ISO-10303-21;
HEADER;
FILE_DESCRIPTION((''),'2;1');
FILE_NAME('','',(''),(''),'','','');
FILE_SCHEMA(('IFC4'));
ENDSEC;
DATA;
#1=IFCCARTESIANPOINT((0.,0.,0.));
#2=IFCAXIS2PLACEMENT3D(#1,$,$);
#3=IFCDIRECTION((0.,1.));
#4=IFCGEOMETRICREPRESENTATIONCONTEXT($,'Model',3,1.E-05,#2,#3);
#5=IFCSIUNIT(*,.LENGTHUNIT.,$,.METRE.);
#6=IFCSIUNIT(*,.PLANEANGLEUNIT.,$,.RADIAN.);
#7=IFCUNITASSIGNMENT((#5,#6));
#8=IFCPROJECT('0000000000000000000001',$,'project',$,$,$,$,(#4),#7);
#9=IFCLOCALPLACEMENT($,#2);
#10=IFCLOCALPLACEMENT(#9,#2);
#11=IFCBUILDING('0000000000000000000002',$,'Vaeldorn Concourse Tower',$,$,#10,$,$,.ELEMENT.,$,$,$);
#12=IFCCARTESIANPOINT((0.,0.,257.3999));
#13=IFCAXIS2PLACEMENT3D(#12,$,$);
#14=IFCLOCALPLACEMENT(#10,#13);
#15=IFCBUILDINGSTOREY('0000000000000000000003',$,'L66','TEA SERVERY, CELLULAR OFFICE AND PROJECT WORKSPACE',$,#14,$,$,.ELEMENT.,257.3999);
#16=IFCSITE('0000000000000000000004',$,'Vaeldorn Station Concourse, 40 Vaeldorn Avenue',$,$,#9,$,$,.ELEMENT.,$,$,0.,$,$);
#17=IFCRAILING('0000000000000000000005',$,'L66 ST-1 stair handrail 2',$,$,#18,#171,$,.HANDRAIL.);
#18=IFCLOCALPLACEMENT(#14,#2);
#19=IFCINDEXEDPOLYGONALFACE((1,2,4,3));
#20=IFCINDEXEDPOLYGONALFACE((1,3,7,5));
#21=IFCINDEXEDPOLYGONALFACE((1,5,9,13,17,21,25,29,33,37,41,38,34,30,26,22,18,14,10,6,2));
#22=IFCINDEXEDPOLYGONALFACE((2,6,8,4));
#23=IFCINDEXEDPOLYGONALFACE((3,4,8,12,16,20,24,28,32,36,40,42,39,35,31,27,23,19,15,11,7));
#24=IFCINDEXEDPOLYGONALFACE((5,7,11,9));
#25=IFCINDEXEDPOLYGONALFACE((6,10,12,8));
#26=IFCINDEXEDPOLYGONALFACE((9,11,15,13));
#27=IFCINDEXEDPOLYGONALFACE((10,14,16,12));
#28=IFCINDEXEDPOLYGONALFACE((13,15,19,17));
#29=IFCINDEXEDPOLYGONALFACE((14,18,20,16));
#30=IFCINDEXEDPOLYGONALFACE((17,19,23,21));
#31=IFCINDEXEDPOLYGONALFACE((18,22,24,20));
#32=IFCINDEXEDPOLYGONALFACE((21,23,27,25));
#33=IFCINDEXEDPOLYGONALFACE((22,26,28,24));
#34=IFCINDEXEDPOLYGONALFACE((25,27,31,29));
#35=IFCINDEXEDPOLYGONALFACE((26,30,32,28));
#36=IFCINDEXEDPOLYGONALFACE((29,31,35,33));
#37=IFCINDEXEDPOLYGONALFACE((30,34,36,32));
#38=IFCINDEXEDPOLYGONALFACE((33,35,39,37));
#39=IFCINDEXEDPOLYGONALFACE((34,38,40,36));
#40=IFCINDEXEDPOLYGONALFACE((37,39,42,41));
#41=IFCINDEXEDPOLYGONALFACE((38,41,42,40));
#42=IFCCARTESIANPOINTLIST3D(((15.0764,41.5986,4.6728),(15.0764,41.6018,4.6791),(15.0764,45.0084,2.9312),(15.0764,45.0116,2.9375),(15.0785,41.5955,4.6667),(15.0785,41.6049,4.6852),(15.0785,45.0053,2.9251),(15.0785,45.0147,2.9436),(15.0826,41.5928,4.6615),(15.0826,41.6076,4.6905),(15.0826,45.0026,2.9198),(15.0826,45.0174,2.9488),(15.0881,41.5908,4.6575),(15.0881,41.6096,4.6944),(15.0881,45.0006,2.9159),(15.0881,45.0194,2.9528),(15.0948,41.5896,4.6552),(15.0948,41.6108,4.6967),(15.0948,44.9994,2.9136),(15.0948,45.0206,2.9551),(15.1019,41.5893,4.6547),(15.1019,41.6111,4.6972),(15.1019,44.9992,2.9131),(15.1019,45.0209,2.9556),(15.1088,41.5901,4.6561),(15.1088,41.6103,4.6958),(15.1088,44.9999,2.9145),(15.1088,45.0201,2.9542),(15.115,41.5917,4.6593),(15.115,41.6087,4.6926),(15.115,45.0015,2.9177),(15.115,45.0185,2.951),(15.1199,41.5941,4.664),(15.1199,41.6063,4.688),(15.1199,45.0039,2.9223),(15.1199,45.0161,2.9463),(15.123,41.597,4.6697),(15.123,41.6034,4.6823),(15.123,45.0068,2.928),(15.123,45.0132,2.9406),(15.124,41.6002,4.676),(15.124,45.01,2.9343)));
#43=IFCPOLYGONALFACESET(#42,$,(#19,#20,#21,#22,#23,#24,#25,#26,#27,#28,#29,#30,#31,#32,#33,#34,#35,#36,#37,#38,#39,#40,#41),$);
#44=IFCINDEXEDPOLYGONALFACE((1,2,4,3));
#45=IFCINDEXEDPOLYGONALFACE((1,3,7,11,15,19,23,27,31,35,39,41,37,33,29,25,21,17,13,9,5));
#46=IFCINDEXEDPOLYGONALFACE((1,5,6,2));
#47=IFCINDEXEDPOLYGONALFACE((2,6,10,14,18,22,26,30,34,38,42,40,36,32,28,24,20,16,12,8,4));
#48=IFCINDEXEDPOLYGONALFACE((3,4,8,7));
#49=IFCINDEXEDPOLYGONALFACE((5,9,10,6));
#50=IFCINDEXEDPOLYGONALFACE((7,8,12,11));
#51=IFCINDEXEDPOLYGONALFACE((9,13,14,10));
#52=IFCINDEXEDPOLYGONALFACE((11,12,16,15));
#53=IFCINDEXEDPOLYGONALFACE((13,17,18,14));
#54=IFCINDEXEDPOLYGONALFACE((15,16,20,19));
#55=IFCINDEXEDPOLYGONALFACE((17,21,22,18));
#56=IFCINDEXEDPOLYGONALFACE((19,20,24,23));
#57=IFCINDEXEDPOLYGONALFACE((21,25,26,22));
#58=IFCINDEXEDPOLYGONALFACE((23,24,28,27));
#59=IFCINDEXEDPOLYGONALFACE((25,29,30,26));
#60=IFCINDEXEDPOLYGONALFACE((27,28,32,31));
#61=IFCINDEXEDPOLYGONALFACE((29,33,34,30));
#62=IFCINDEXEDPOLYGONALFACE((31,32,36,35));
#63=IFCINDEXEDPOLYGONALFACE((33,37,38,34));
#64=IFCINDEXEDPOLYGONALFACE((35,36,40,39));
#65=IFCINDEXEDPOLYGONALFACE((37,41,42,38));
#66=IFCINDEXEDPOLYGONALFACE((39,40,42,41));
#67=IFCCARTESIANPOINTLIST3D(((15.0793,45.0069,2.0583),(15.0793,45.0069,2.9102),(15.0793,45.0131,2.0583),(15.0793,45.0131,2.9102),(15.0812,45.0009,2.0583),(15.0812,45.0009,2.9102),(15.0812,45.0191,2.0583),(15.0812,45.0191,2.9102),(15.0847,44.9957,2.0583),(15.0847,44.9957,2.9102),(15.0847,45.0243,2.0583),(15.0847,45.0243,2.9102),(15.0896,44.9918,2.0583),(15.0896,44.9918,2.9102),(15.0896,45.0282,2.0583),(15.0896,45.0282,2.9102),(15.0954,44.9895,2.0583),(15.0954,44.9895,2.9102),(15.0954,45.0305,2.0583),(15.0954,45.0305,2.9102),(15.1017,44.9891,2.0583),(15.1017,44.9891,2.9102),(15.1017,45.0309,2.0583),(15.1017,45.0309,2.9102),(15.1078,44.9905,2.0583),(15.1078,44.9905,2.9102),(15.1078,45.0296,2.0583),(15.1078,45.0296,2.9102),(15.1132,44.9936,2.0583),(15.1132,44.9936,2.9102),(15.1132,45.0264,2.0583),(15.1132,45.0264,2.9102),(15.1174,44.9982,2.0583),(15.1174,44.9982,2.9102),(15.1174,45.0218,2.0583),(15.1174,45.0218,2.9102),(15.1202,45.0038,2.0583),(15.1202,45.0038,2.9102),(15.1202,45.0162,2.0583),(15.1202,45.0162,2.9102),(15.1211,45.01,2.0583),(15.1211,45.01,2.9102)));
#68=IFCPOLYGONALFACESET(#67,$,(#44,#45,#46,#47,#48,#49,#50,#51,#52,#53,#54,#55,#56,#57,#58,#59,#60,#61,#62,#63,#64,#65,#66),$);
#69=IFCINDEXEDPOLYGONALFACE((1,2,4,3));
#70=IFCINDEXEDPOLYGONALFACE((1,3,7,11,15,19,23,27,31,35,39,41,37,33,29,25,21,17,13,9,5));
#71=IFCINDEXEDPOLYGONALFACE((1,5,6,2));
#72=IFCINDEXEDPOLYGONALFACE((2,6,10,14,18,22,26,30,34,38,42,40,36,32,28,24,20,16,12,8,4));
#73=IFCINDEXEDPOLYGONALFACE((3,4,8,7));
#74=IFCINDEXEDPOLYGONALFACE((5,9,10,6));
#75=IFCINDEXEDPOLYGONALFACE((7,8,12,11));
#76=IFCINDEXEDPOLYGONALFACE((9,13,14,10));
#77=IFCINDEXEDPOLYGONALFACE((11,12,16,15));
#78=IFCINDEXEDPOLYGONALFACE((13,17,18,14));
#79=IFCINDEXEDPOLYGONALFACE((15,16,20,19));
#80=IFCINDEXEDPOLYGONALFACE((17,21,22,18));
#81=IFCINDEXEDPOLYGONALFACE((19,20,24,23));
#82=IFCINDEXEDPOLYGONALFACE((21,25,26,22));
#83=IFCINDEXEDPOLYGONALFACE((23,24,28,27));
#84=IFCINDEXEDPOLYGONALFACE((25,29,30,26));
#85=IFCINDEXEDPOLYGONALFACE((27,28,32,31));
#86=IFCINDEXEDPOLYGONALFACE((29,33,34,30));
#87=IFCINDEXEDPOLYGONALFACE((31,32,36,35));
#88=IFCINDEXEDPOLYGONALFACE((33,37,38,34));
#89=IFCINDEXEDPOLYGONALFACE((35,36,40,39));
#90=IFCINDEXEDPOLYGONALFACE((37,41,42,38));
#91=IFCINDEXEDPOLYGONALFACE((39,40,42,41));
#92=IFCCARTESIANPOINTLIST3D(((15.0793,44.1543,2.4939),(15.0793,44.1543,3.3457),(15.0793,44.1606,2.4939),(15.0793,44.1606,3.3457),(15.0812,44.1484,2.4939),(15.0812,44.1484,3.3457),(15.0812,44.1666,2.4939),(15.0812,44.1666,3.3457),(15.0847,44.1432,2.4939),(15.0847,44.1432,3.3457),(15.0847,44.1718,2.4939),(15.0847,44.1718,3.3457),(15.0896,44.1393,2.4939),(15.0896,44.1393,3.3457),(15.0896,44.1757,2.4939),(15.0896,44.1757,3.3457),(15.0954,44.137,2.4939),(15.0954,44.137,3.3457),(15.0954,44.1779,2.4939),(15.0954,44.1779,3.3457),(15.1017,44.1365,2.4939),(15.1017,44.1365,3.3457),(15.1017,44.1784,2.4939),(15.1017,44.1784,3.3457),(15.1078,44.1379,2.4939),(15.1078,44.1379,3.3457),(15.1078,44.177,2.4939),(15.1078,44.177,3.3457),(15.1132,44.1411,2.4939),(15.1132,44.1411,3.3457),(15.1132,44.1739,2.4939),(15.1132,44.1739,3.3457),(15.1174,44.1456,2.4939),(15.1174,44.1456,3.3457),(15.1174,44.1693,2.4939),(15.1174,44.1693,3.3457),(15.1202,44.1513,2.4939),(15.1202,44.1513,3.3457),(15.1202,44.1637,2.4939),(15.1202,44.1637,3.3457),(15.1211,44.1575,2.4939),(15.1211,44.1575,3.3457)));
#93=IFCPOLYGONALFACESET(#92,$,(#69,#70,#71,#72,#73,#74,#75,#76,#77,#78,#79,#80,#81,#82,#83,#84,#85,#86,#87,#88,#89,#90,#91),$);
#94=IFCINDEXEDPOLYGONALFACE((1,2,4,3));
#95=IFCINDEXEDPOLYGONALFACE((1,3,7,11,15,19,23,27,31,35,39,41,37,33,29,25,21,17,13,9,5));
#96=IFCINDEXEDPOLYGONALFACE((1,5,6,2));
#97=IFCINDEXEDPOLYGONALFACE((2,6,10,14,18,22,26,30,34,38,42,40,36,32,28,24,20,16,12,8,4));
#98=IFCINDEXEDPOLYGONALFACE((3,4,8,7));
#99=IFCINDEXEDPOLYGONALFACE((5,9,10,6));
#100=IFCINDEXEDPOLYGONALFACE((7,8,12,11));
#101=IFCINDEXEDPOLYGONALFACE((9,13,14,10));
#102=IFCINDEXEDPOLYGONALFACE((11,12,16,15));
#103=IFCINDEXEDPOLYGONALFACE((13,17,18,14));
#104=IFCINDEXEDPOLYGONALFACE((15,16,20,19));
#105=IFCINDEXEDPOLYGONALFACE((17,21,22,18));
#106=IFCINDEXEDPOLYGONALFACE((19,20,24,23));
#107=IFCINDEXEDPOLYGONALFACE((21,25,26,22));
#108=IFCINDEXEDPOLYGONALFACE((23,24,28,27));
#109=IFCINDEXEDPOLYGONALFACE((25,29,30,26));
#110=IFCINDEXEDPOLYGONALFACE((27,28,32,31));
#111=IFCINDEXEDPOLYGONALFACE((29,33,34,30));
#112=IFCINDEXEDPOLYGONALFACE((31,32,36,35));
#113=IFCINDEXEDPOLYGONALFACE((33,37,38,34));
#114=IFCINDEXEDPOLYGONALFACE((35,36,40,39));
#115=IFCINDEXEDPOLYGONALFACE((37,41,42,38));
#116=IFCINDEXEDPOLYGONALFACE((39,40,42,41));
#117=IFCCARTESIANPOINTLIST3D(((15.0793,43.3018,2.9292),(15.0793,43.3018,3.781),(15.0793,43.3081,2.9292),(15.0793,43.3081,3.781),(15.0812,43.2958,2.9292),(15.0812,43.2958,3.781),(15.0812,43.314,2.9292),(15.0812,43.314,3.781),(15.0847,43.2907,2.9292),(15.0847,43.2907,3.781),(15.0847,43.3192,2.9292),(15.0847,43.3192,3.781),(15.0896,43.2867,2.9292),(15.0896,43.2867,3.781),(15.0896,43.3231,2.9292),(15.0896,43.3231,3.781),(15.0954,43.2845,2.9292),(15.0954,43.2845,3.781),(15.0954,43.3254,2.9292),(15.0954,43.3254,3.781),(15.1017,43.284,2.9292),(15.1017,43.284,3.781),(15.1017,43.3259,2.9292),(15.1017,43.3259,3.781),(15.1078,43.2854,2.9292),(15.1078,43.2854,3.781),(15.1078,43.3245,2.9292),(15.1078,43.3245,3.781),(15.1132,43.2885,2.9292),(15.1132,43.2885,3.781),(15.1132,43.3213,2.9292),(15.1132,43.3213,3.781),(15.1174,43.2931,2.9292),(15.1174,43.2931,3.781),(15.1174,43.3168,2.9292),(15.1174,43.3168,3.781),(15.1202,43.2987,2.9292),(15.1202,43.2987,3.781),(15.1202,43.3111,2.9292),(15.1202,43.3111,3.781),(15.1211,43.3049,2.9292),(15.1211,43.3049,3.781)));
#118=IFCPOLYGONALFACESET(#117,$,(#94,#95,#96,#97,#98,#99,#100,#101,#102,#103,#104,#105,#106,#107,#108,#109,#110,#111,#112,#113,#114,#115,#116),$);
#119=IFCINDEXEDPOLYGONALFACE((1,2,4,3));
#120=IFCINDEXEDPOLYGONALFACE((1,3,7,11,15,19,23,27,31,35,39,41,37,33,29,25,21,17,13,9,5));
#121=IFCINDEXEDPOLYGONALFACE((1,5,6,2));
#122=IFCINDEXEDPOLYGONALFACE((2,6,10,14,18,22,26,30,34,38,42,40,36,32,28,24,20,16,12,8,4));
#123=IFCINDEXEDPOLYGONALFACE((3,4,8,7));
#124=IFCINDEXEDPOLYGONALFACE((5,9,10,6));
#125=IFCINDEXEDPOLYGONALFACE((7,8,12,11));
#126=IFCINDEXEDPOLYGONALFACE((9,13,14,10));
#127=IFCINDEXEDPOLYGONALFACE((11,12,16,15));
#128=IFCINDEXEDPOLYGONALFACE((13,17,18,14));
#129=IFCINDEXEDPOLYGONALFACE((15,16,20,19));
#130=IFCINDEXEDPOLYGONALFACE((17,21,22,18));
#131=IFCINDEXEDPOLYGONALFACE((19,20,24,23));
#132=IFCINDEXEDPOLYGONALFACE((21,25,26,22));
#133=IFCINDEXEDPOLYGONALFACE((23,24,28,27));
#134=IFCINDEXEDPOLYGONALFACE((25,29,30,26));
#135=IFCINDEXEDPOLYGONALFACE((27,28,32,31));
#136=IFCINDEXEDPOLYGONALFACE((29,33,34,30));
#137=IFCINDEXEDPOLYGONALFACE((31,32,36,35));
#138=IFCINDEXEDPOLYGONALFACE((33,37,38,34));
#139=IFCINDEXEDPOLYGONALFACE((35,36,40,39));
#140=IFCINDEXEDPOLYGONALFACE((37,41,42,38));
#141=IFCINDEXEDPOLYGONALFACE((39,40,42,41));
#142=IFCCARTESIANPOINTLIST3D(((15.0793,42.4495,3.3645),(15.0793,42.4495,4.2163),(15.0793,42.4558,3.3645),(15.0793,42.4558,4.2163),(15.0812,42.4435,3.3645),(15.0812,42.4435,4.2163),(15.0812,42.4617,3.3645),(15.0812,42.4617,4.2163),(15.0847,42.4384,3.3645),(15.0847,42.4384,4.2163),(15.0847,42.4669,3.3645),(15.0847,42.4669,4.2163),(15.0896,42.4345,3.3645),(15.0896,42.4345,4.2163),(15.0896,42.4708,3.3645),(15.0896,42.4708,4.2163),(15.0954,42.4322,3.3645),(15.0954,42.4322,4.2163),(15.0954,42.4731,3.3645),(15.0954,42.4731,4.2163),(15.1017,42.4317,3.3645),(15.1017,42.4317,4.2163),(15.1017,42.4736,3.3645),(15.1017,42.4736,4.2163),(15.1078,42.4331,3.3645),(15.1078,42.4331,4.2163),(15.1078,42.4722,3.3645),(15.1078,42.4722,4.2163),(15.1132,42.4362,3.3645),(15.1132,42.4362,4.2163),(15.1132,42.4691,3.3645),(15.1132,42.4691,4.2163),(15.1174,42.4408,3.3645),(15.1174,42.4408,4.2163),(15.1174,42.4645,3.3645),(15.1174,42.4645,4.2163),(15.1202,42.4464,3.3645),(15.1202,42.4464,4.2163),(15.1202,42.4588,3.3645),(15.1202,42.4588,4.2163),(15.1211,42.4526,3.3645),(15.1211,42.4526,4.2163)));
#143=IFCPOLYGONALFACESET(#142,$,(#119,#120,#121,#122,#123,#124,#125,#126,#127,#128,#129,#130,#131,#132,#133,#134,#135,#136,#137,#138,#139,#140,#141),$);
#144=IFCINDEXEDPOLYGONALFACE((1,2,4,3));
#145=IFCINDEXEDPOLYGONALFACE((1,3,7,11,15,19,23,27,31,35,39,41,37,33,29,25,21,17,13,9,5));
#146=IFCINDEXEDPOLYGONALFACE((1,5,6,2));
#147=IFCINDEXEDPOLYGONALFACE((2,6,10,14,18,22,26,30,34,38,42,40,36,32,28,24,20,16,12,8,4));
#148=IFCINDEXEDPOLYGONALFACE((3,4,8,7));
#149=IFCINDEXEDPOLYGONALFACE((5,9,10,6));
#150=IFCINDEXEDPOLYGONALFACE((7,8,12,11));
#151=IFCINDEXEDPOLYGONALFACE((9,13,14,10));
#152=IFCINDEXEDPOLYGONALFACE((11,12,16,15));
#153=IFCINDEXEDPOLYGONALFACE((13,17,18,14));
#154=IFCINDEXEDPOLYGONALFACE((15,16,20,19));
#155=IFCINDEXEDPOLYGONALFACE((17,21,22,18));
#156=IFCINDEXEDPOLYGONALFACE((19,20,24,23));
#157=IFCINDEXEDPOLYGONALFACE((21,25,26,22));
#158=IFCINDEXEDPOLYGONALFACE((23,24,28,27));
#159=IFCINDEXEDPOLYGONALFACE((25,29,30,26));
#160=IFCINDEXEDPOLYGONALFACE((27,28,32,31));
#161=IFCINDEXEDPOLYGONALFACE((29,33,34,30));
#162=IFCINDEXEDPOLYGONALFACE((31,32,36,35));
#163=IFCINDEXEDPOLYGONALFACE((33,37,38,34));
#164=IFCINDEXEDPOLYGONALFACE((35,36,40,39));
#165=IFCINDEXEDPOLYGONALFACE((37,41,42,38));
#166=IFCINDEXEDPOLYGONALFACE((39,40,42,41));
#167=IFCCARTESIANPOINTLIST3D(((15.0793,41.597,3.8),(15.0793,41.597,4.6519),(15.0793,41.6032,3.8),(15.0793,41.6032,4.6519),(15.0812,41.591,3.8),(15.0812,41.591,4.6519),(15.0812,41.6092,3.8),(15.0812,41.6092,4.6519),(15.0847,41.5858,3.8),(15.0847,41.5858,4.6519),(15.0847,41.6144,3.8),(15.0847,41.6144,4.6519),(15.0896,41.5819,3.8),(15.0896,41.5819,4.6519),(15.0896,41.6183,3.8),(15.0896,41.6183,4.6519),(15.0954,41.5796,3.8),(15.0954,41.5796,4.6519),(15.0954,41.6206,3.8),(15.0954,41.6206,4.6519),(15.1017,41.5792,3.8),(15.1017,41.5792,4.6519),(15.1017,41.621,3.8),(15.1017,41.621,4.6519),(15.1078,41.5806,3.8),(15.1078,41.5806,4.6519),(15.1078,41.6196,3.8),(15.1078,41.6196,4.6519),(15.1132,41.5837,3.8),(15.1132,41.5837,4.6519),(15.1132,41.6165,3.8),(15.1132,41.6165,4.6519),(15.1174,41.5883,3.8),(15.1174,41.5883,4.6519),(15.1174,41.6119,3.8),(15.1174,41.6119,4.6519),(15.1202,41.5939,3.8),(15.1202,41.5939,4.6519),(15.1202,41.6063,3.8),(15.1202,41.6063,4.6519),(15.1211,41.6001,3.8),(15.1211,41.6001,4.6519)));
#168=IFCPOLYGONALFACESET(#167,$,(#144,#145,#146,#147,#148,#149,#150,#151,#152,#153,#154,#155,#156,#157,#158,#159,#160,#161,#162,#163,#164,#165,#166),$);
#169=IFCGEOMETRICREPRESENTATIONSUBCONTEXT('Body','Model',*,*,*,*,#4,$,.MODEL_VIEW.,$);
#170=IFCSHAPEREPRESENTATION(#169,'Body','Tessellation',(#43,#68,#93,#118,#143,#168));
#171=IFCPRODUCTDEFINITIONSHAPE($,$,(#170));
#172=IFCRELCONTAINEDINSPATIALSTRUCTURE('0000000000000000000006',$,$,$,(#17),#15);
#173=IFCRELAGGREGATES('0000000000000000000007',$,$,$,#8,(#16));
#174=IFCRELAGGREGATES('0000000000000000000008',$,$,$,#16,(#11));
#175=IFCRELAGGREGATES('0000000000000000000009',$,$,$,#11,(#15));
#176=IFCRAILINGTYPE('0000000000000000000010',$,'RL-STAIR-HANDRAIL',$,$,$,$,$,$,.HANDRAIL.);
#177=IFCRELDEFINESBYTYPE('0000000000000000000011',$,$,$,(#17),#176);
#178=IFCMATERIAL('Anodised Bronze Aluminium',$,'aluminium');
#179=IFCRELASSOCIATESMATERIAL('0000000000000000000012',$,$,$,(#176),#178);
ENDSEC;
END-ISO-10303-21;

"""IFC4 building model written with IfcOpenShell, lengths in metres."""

from ifc_helpers import new_model, si_unit, direction, frame, origin, origin_2d, place, context, subcontext, project, spatial, circle, extrude, material, type_object, element, save


model = new_model("IFC4")

# Units and contexts
model_context = context("Model", 3, precision=1e-05, world=origin(), true_north=direction((0.0, 1.0)))
body_context = subcontext(model_context, "Body", "Model", "MODEL_VIEW")
ifc_project = project(units=[si_unit("LENGTHUNIT", "METRE"), si_unit("PLANEANGLEUNIT", "RADIAN")], contexts=[model_context])

# Site, building, storey
site_placement = place(None, origin())
site = spatial("IfcSite", under=ifc_project, at=site_placement, Name="Vaeldorn Station Concourse, 40 Vaeldorn Avenue", CompositionType="ELEMENT", RefElevation=0.0)
building_placement = place(site_placement, origin())
building = spatial("IfcBuilding", under=site, at=building_placement, Name="Vaeldorn Concourse Tower", CompositionType="ELEMENT")
storey_placement = place(building_placement, frame((0.0, 0.0, 257.3999)))
storey = spatial("IfcBuildingStorey", under=building, at=storey_placement, Name="L66", Description="TEA SERVERY, CELLULAR OFFICE AND PROJECT WORKSPACE", CompositionType="ELEMENT", Elevation=257.3999)

# Shared definitions
ifc_material_1 = material(Name="Anodised Bronze Aluminium", Category="aluminium")

# Railing
railing_type_1 = type_object("IfcRailingType", Name="RL-STAIR-HANDRAIL", PredefinedType="HANDRAIL", material=ifc_material_1)
railing_1_placement = place(storey_placement, frame((15.1001, 45.01, 2.0583)))
element("IfcRailing", 1, at=railing_1_placement, inside=storey, type_object=railing_type_1, Name="L66 ST-1 stair handrail 2", PredefinedType="HANDRAIL", context=body_context, shape_type="SweptSolid", body=[
    extrude(circle(Radius=0.0239, at=origin_2d()), frame((0.0, 0.0, 0.876), z_axis=(0.0, -0.890556, 0.454874), x_axis=(1.0, 0.0, 0.0)), (0.0, 0.0, 1.0), 3.8289),
    extrude(circle(Radius=0.021, at=origin_2d()), origin(), (0.0, 0.0, 1.0), 0.8518),
    extrude(circle(Radius=0.021, at=origin_2d()), frame((0.0, -0.8525, 0.4355)), (0.0, 0.0, 1.0), 0.8518),
    extrude(circle(Radius=0.021, at=origin_2d()), frame((0.0, -1.7051, 0.8708)), (0.0, 0.0, 1.0), 0.8518),
    extrude(circle(Radius=0.021, at=origin_2d()), frame((0.0, -2.5574, 1.3062)), (0.0, 0.0, 1.0), 0.8518),
    extrude(circle(Radius=0.021, at=origin_2d()), frame((0.0, -3.4099, 1.7417)), (0.0, 0.0, 1.0), 0.8518),
])

save(model, "model.ifc")
